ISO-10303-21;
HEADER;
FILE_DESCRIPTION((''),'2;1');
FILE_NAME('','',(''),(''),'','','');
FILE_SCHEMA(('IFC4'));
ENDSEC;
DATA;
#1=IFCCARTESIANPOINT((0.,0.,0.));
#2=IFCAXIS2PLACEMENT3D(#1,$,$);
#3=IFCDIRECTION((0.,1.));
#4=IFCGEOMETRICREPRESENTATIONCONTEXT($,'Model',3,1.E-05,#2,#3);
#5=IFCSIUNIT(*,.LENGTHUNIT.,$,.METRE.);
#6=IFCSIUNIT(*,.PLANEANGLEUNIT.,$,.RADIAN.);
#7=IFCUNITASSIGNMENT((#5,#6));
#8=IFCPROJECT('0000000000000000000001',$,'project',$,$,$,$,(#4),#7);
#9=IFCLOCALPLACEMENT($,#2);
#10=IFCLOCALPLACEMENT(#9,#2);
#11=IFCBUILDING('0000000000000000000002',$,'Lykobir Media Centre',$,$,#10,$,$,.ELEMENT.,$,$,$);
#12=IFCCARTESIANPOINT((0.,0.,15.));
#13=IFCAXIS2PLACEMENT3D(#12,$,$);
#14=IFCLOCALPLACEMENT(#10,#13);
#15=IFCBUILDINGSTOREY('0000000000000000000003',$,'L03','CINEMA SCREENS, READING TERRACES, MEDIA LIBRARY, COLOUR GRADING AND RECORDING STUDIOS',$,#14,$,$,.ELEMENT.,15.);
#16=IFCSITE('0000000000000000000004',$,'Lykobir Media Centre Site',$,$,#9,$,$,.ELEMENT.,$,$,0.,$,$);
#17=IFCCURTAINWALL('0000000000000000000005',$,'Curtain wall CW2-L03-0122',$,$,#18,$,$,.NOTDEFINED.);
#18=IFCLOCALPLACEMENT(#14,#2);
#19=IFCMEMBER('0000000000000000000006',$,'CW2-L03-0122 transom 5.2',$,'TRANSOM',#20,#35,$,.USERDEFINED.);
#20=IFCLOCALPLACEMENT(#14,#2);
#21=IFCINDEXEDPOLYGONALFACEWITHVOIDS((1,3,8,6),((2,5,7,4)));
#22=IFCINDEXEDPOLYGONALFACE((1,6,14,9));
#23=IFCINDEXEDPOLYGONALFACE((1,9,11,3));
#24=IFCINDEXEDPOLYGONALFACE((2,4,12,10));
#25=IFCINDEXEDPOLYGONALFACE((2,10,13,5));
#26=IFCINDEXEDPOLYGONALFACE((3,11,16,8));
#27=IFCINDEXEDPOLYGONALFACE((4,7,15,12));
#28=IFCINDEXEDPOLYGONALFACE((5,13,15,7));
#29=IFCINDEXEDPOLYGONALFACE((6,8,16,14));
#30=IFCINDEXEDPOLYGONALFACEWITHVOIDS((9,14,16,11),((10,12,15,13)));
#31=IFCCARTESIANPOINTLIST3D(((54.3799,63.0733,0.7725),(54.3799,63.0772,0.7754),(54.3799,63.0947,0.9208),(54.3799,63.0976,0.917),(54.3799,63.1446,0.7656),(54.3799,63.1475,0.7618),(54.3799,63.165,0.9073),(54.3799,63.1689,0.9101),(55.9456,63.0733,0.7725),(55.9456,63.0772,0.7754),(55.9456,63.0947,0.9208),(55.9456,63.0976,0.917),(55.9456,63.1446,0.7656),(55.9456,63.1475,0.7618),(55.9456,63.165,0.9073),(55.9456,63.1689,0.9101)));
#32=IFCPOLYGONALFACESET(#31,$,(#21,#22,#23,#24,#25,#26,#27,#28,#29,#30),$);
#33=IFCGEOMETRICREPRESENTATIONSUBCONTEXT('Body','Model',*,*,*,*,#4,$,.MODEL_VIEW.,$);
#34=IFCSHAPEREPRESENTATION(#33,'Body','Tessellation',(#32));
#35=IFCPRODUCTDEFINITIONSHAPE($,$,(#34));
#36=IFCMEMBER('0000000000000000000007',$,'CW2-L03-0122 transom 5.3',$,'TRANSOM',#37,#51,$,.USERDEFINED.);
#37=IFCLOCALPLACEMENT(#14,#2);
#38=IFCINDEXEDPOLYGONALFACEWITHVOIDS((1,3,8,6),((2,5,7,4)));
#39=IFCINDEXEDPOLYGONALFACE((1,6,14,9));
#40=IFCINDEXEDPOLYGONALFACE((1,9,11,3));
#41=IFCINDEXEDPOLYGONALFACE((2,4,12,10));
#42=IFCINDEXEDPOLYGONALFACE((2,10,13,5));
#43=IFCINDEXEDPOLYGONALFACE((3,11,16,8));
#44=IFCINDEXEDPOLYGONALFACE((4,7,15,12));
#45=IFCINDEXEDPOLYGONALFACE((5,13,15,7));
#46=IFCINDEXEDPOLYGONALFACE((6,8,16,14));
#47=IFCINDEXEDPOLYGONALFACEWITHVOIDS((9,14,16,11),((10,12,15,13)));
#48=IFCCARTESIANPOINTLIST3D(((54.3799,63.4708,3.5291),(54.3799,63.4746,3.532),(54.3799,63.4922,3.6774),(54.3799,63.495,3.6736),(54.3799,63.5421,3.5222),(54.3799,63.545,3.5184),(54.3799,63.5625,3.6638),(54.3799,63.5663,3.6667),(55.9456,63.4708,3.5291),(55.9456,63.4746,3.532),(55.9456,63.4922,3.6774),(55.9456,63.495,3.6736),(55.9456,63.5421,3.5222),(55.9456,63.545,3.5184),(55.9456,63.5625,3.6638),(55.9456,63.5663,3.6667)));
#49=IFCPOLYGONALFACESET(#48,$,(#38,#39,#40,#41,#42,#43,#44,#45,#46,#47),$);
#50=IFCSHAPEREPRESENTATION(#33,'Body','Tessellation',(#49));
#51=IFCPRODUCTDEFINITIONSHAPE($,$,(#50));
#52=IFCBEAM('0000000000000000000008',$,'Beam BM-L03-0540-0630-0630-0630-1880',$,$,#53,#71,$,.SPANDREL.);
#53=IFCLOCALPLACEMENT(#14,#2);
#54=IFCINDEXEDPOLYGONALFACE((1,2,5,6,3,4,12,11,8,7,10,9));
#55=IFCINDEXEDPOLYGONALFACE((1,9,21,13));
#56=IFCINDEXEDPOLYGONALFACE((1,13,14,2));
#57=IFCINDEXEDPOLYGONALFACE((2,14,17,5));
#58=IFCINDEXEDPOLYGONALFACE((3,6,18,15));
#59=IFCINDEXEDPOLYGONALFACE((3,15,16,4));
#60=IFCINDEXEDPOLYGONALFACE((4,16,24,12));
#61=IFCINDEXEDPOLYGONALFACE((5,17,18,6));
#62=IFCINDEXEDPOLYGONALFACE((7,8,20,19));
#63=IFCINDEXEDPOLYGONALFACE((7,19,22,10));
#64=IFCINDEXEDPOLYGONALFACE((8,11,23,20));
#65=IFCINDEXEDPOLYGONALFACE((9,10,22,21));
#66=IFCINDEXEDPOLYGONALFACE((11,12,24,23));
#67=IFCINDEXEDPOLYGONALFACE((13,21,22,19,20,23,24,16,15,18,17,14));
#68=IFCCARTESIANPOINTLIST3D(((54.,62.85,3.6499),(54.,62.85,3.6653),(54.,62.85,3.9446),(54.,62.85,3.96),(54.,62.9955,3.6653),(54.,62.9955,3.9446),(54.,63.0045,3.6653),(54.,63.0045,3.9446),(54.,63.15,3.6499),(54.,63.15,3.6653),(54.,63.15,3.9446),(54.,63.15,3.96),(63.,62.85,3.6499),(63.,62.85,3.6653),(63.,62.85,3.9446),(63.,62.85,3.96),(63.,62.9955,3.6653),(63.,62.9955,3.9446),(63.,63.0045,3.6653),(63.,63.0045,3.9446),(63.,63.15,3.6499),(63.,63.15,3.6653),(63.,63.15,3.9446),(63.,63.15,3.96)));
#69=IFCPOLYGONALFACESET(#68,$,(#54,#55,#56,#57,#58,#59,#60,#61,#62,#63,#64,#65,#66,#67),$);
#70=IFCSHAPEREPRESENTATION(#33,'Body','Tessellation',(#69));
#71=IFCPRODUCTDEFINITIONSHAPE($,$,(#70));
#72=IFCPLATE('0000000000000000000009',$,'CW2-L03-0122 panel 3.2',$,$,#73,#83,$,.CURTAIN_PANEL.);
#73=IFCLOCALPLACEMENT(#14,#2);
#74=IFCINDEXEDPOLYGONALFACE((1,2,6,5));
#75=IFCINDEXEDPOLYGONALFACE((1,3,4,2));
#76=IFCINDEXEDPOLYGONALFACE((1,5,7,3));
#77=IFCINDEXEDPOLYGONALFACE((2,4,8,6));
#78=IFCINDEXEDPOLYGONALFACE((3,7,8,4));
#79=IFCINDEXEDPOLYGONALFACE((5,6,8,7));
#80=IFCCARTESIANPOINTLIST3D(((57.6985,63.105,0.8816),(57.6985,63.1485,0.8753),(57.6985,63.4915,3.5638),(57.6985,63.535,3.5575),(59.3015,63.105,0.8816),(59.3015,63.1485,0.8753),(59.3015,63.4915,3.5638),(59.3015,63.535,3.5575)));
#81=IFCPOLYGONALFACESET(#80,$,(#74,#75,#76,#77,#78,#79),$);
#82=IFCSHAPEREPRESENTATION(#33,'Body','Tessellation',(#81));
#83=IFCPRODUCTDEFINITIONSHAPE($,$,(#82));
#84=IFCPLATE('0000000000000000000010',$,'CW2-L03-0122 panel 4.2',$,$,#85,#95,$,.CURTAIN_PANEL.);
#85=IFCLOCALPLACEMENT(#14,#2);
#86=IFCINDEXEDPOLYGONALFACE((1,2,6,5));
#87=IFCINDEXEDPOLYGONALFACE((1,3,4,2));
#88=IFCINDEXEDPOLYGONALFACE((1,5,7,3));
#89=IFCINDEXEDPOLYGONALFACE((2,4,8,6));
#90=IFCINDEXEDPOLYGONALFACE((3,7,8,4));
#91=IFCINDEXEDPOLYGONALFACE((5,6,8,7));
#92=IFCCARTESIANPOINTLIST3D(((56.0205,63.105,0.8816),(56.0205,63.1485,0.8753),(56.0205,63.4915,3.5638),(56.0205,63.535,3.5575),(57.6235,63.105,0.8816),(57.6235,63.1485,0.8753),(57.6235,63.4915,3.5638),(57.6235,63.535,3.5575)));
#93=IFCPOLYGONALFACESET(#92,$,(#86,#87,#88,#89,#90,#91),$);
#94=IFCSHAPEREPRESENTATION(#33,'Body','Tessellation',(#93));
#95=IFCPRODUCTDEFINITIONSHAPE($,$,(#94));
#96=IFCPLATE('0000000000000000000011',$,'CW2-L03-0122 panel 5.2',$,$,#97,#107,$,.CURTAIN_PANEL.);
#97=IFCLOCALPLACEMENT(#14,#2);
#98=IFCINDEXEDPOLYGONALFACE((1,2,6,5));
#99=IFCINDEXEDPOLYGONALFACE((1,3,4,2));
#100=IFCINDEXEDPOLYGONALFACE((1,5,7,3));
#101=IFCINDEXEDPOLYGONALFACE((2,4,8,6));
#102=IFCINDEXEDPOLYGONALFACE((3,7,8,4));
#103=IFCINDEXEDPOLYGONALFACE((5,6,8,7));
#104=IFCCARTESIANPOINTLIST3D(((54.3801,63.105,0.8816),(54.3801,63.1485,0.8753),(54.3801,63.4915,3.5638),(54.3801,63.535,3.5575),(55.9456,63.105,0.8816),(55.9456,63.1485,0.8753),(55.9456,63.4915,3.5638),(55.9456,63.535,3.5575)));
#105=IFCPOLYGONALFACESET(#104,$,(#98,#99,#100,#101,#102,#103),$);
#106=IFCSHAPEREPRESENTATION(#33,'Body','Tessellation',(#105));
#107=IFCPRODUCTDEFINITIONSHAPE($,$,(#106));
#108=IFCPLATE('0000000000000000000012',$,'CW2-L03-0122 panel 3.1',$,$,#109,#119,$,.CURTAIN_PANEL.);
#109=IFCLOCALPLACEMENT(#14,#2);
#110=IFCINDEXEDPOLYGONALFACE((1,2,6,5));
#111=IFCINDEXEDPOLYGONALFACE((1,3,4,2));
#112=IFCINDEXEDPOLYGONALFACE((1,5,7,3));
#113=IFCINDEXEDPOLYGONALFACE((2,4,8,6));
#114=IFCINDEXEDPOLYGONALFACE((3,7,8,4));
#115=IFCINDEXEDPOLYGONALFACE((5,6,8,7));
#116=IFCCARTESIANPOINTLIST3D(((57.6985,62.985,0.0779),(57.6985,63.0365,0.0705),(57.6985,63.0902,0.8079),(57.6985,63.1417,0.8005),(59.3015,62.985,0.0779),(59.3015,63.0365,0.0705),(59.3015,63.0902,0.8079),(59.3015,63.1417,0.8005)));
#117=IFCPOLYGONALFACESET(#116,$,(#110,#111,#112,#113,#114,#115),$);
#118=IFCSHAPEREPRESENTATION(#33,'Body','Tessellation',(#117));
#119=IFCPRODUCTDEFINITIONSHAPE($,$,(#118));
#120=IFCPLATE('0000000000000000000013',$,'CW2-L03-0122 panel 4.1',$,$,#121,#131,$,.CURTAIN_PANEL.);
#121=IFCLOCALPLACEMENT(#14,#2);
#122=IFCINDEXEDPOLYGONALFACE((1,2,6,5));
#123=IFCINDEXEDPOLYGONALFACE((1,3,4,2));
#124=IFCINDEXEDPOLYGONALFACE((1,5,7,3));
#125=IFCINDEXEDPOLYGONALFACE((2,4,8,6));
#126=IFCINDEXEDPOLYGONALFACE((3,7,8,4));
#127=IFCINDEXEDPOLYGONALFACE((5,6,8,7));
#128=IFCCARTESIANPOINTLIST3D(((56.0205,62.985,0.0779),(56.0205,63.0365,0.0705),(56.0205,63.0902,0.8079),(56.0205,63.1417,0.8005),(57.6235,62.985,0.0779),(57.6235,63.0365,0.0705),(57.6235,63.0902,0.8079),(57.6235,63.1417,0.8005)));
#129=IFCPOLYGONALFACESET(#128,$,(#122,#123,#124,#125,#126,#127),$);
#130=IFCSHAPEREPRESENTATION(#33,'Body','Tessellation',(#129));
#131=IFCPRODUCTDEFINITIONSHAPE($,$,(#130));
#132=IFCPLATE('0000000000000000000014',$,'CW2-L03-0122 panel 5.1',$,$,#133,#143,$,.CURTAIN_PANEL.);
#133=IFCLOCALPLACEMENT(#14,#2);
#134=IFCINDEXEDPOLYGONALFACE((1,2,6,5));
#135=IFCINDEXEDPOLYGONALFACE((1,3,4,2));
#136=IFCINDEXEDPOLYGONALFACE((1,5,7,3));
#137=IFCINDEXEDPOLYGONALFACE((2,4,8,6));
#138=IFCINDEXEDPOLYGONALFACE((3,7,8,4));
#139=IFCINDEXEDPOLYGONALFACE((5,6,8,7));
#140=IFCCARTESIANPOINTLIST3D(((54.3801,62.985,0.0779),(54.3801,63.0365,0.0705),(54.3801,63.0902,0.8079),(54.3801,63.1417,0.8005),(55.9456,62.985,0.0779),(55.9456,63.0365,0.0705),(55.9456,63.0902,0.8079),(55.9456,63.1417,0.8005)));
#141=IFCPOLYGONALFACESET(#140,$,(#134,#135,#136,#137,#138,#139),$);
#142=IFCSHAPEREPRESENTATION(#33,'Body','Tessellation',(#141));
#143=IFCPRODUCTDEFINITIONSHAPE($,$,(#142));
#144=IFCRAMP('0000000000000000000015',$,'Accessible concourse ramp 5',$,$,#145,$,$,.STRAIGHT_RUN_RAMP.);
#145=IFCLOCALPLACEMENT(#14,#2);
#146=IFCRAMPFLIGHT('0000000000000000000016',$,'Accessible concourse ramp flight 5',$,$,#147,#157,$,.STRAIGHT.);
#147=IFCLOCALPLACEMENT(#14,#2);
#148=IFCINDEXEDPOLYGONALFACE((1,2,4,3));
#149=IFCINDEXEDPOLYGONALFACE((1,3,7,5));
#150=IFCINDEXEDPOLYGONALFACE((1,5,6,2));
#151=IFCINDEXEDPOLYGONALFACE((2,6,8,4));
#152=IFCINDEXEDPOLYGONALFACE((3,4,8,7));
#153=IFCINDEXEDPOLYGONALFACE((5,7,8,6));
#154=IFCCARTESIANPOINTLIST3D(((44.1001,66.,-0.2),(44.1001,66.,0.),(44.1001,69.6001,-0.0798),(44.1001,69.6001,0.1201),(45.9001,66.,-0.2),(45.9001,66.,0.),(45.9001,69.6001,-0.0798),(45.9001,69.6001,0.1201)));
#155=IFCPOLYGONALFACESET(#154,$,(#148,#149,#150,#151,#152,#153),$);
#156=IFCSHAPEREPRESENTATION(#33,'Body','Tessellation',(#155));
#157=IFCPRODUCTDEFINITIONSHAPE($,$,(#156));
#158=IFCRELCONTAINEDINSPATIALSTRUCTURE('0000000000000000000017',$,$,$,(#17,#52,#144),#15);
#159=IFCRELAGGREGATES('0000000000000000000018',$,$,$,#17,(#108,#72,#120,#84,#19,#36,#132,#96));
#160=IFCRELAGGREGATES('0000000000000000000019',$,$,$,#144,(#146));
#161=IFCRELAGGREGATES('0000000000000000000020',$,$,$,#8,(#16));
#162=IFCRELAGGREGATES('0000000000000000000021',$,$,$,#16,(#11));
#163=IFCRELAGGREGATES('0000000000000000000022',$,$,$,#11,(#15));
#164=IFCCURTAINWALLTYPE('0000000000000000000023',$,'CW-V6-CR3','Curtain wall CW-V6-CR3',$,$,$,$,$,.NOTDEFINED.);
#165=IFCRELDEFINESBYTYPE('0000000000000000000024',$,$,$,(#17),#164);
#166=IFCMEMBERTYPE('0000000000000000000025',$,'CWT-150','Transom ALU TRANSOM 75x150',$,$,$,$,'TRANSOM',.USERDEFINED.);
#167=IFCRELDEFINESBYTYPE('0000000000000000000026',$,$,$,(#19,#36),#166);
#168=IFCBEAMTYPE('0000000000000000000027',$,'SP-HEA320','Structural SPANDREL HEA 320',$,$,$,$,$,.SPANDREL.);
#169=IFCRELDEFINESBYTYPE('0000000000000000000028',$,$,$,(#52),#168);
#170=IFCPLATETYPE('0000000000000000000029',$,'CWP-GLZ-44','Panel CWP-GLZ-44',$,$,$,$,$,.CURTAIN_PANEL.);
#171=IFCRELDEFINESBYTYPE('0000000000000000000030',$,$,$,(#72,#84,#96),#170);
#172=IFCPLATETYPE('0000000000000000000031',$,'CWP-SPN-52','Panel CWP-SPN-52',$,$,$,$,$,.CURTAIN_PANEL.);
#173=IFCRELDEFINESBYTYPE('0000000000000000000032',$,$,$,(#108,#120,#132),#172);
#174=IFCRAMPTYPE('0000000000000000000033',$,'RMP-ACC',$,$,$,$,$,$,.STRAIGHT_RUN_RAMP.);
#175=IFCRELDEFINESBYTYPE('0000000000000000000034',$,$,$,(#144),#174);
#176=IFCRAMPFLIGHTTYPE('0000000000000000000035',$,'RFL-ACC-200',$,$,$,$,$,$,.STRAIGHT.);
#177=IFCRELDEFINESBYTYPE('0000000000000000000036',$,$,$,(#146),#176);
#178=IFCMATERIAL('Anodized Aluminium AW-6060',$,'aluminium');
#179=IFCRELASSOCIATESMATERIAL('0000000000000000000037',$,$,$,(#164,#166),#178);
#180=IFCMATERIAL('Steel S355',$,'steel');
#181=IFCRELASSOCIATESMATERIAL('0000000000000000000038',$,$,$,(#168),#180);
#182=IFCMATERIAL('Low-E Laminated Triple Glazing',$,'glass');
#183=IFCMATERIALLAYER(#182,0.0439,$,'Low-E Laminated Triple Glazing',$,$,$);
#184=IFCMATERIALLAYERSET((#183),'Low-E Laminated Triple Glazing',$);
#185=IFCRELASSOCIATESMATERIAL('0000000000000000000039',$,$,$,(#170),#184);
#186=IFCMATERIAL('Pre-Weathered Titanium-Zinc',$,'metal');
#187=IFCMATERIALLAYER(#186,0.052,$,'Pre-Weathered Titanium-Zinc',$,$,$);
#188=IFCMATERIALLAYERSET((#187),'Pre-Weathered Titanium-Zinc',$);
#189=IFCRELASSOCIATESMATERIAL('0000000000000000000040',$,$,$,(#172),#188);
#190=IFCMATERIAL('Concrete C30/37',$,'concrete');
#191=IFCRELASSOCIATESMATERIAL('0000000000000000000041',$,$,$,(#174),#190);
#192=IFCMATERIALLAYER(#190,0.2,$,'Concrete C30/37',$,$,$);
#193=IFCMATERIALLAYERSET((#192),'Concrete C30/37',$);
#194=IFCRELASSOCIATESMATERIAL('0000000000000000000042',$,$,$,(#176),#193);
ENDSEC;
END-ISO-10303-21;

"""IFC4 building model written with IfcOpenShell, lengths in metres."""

from ifc_helpers import new_model, si_unit, direction, frame, origin, origin_2d, place, context, subcontext, project, spatial, polyline, rectangle, hollow_rectangle, i_section, outline, extrude, material, layer, layer_set, material_profile, profile_set, type_object, element, aggregate, save


model = new_model("IFC4")

# Units and contexts
model_context = context("Model", 3, precision=1e-05, world=origin(), true_north=direction((0.0, 1.0)))
body_context = subcontext(model_context, "Body", "Model", "MODEL_VIEW")
ifc_project = project(units=[si_unit("LENGTHUNIT", "METRE"), si_unit("PLANEANGLEUNIT", "RADIAN")], contexts=[model_context])

# Site, building, storey
site_placement = place(None, origin())
site = spatial("IfcSite", under=ifc_project, at=site_placement, Name="Lykobir Media Centre Site", CompositionType="ELEMENT", RefElevation=0.0)
building_placement = place(site_placement, origin())
building = spatial("IfcBuilding", under=site, at=building_placement, Name="Lykobir Media Centre", CompositionType="ELEMENT")
storey_placement = place(building_placement, frame((0.0, 0.0, 15.0)))
storey = spatial("IfcBuildingStorey", under=building, at=storey_placement, Name="L03", Description="CINEMA SCREENS, READING TERRACES, MEDIA LIBRARY, COLOUR GRADING AND RECORDING STUDIOS", CompositionType="ELEMENT", Elevation=15.0)

# Shared definitions
ifc_material_1 = material(Name="Steel S355", Category="steel")

# Curtain wall, members
ifc_material_2 = material(Name="Anodized Aluminium AW-6060", Category="aluminium")
curtain_wall_type = type_object("IfcCurtainWallType", Name="CW-V6-CR3", Description="Curtain wall CW-V6-CR3", PredefinedType="NOTDEFINED", material=ifc_material_2)
curtain_wall_placement = place(storey_placement, origin())
curtain_wall = element("IfcCurtainWall", 1, at=curtain_wall_placement, inside=storey, type_object=curtain_wall_type, Name="Curtain wall CW2-L03-0122", PredefinedType="NOTDEFINED")
ifc_material_profile_1 = material_profile(ifc_material_2, hollow_rectangle(XDim=0.075, YDim=0.1499, WallThickness=0.0034, at=origin_2d()), Name="ALU TRANSOM 75x150")
ifc_profile_set_1 = profile_set([ifc_material_profile_1], Name="Anodized Aluminium AW-6060")
member_type_1 = type_object("IfcMemberType", Name="CWT-150", Description="Transom ALU TRANSOM 75x150", ElementType="TRANSOM", PredefinedType="USERDEFINED", material=ifc_profile_set_1)
member_1_placement = place(storey_placement, frame((55.9456, 63.1211, 0.8413), z_axis=(-1.0, 0.0, 0.0), x_axis=(0.0, -0.989776, 0.142629)))
member_1 = element("IfcMember", 2, at=member_1_placement, type_object=member_type_1, Name="CW2-L03-0122 transom 5.2", ObjectType="TRANSOM", PredefinedType="USERDEFINED", context=body_context, shape_type="SweptSolid", body=[
    extrude(hollow_rectangle(XDim=0.075, YDim=0.1499, WallThickness=0.0034, at=origin_2d()), origin(), (0.0, 0.0, 1.0), 1.5657),
])
member_2_placement = place(storey_placement, frame((55.9456, 63.5186, 3.5979), z_axis=(-1.0, 0.0, 0.0), x_axis=(0.0, -0.989776, 0.142629)))
member_2 = element("IfcMember", 3, at=member_2_placement, type_object=member_type_1, Name="CW2-L03-0122 transom 5.3", ObjectType="TRANSOM", PredefinedType="USERDEFINED", context=body_context, shape_type="SweptSolid", body=[
    extrude(hollow_rectangle(XDim=0.075, YDim=0.1499, WallThickness=0.0034, at=origin_2d()), origin(), (0.0, 0.0, 1.0), 1.5657),
])

# Beam
ifc_material_profile_2 = material_profile(ifc_material_1, i_section(OverallWidth=0.3, OverallDepth=0.3101, WebThickness=0.009, FlangeThickness=0.0154, at=origin_2d()), Name="HEA 320")
ifc_profile_set_2 = profile_set([ifc_material_profile_2], Name="Steel S355")
beam_type_1 = type_object("IfcBeamType", Name="SP-HEA320", Description="Structural SPANDREL HEA 320", PredefinedType="SPANDREL", material=ifc_profile_set_2)
beam_placement = place(storey_placement, frame((54.0, 63.0, 3.8049), z_axis=(1.0, 0.0, 0.0), x_axis=(0.0, 1.0, 0.0)))
element("IfcBeam", 4, at=beam_placement, inside=storey, type_object=beam_type_1, Name="Beam BM-L03-0540-0630-0630-0630-1880", PredefinedType="SPANDREL", context=body_context, shape_type="SweptSolid", body=[
    extrude(i_section(OverallWidth=0.3, OverallDepth=0.3101, WebThickness=0.009, FlangeThickness=0.0154, at=origin_2d()), origin(), (0.0, 0.0, 1.0), 9.0),
])

# Plates
ifc_material_3 = material(Name="Low-E Laminated Triple Glazing", Category="glass")
ifc_layer_1 = layer(ifc_material_3, 0.0439, Name="Low-E Laminated Triple Glazing")
ifc_layer_set_1 = layer_set([ifc_layer_1], Name="Low-E Laminated Triple Glazing")
plate_type_1 = type_object("IfcPlateType", Name="CWP-GLZ-44", Description="Panel CWP-GLZ-44", PredefinedType="CURTAIN_PANEL", material=ifc_layer_set_1)
plate_1_placement = place(storey_placement, frame((58.5, 63.1267, 0.8784), z_axis=(0.0, 0.142629, 0.989776), x_axis=(-1.0, 0.0, 0.0)))
plate_1 = element("IfcPlate", 5, at=plate_1_placement, type_object=plate_type_1, Name="CW2-L03-0122 panel 3.2", PredefinedType="CURTAIN_PANEL", context=body_context, shape_type="SweptSolid", body=[
    extrude(rectangle(XDim=1.603, YDim=0.0439, at=origin_2d()), origin(), (0.0, 0.0, 1.0), 2.71),
])
plate_2_placement = place(storey_placement, frame((56.822, 63.1267, 0.8784), z_axis=(0.0, 0.142629, 0.989776), x_axis=(-1.0, 0.0, 0.0)))
plate_2 = element("IfcPlate", 6, at=plate_2_placement, type_object=plate_type_1, Name="CW2-L03-0122 panel 4.2", PredefinedType="CURTAIN_PANEL", context=body_context, shape_type="SweptSolid", body=[
    extrude(rectangle(XDim=1.603, YDim=0.0439, at=origin_2d()), origin(), (0.0, 0.0, 1.0), 2.71),
])
plate_3_placement = place(storey_placement, frame((55.1628, 63.1267, 0.8784), z_axis=(0.0, 0.142629, 0.989776), x_axis=(-1.0, 0.0, 0.0)))
plate_3 = element("IfcPlate", 7, at=plate_3_placement, type_object=plate_type_1, Name="CW2-L03-0122 panel 5.2", PredefinedType="CURTAIN_PANEL", context=body_context, shape_type="SweptSolid", body=[
    extrude(rectangle(XDim=1.5654, YDim=0.0439, at=origin_2d()), origin(), (0.0, 0.0, 1.0), 2.71),
])
ifc_material_4 = material(Name="Pre-Weathered Titanium-Zinc", Category="metal")
ifc_layer_2 = layer(ifc_material_4, 0.052, Name="Pre-Weathered Titanium-Zinc")
ifc_layer_set_2 = layer_set([ifc_layer_2], Name="Pre-Weathered Titanium-Zinc")
plate_type_2 = type_object("IfcPlateType", Name="CWP-SPN-52", Description="Panel CWP-SPN-52", PredefinedType="CURTAIN_PANEL", material=ifc_layer_set_2)
plate_4_placement = place(storey_placement, frame((58.5, 63.0107, 0.0742), z_axis=(0.0, 0.142629, 0.989776), x_axis=(-1.0, 0.0, 0.0)))
plate_4 = element("IfcPlate", 8, at=plate_4_placement, type_object=plate_type_2, Name="CW2-L03-0122 panel 3.1", PredefinedType="CURTAIN_PANEL", context=body_context, shape_type="SweptSolid", body=[
    extrude(rectangle(XDim=1.603, YDim=0.052, at=origin_2d()), origin(), (0.0, 0.0, 1.0), 0.7375),
])
plate_5_placement = place(storey_placement, frame((56.822, 63.0107, 0.0742), z_axis=(0.0, 0.142629, 0.989776), x_axis=(-1.0, 0.0, 0.0)))
plate_5 = element("IfcPlate", 9, at=plate_5_placement, type_object=plate_type_2, Name="CW2-L03-0122 panel 4.1", PredefinedType="CURTAIN_PANEL", context=body_context, shape_type="SweptSolid", body=[
    extrude(rectangle(XDim=1.603, YDim=0.052, at=origin_2d()), origin(), (0.0, 0.0, 1.0), 0.7375),
])
plate_6_placement = place(storey_placement, frame((55.1628, 63.0107, 0.0742), z_axis=(0.0, 0.142629, 0.989776), x_axis=(-1.0, 0.0, 0.0)))
plate_6 = element("IfcPlate", 10, at=plate_6_placement, type_object=plate_type_2, Name="CW2-L03-0122 panel 5.1", PredefinedType="CURTAIN_PANEL", context=body_context, shape_type="SweptSolid", body=[
    extrude(rectangle(XDim=1.5654, YDim=0.052, at=origin_2d()), origin(), (0.0, 0.0, 1.0), 0.7375),
])
aggregate(curtain_wall, [plate_4, plate_1, plate_5, plate_2, member_1, member_2, plate_6, plate_3])

# Ramp, ramp flight
ifc_material_5 = material(Name="Concrete C30/37", Category="concrete")
ramp_type = type_object("IfcRampType", Name="RMP-ACC", PredefinedType="STRAIGHT_RUN_RAMP", material=ifc_material_5)
ramp_placement = place(storey_placement, origin())
ramp = element("IfcRamp", 11, at=ramp_placement, inside=storey, type_object=ramp_type, Name="Accessible concourse ramp 5", PredefinedType="STRAIGHT_RUN_RAMP")
ifc_layer_3 = layer(ifc_material_5, 0.2, Name="Concrete C30/37")
ifc_layer_set_3 = layer_set([ifc_layer_3], Name="Concrete C30/37")
ramp_flight_type = type_object("IfcRampFlightType", Name="RFL-ACC-200", PredefinedType="STRAIGHT", material=ifc_layer_set_3)
ramp_flight_placement = place(storey_placement, frame((45.0, 66.0, 0.0), z_axis=(0.0, 0.0, 1.0), x_axis=(0.0, 1.0, 0.0)))
ramp_flight = element("IfcRampFlight", 12, at=ramp_flight_placement, type_object=ramp_flight_type, Name="Accessible concourse ramp flight 5", PredefinedType="STRAIGHT", context=body_context, shape_type="SweptSolid", body=[
    extrude(outline(polyline([(0.0, 0.0), (3.6001, 0.1201), (3.6001, -0.0798), (0.0, -0.2), (0.0, 0.0)])), frame((0.0, 0.8999, 0.0), z_axis=(0.0, -1.0, 0.0), x_axis=(1.0, 0.0, 0.0)), (0.0, 0.0, 1.0), 1.8),
])
aggregate(ramp, [ramp_flight])

save(model, "model.ifc")
